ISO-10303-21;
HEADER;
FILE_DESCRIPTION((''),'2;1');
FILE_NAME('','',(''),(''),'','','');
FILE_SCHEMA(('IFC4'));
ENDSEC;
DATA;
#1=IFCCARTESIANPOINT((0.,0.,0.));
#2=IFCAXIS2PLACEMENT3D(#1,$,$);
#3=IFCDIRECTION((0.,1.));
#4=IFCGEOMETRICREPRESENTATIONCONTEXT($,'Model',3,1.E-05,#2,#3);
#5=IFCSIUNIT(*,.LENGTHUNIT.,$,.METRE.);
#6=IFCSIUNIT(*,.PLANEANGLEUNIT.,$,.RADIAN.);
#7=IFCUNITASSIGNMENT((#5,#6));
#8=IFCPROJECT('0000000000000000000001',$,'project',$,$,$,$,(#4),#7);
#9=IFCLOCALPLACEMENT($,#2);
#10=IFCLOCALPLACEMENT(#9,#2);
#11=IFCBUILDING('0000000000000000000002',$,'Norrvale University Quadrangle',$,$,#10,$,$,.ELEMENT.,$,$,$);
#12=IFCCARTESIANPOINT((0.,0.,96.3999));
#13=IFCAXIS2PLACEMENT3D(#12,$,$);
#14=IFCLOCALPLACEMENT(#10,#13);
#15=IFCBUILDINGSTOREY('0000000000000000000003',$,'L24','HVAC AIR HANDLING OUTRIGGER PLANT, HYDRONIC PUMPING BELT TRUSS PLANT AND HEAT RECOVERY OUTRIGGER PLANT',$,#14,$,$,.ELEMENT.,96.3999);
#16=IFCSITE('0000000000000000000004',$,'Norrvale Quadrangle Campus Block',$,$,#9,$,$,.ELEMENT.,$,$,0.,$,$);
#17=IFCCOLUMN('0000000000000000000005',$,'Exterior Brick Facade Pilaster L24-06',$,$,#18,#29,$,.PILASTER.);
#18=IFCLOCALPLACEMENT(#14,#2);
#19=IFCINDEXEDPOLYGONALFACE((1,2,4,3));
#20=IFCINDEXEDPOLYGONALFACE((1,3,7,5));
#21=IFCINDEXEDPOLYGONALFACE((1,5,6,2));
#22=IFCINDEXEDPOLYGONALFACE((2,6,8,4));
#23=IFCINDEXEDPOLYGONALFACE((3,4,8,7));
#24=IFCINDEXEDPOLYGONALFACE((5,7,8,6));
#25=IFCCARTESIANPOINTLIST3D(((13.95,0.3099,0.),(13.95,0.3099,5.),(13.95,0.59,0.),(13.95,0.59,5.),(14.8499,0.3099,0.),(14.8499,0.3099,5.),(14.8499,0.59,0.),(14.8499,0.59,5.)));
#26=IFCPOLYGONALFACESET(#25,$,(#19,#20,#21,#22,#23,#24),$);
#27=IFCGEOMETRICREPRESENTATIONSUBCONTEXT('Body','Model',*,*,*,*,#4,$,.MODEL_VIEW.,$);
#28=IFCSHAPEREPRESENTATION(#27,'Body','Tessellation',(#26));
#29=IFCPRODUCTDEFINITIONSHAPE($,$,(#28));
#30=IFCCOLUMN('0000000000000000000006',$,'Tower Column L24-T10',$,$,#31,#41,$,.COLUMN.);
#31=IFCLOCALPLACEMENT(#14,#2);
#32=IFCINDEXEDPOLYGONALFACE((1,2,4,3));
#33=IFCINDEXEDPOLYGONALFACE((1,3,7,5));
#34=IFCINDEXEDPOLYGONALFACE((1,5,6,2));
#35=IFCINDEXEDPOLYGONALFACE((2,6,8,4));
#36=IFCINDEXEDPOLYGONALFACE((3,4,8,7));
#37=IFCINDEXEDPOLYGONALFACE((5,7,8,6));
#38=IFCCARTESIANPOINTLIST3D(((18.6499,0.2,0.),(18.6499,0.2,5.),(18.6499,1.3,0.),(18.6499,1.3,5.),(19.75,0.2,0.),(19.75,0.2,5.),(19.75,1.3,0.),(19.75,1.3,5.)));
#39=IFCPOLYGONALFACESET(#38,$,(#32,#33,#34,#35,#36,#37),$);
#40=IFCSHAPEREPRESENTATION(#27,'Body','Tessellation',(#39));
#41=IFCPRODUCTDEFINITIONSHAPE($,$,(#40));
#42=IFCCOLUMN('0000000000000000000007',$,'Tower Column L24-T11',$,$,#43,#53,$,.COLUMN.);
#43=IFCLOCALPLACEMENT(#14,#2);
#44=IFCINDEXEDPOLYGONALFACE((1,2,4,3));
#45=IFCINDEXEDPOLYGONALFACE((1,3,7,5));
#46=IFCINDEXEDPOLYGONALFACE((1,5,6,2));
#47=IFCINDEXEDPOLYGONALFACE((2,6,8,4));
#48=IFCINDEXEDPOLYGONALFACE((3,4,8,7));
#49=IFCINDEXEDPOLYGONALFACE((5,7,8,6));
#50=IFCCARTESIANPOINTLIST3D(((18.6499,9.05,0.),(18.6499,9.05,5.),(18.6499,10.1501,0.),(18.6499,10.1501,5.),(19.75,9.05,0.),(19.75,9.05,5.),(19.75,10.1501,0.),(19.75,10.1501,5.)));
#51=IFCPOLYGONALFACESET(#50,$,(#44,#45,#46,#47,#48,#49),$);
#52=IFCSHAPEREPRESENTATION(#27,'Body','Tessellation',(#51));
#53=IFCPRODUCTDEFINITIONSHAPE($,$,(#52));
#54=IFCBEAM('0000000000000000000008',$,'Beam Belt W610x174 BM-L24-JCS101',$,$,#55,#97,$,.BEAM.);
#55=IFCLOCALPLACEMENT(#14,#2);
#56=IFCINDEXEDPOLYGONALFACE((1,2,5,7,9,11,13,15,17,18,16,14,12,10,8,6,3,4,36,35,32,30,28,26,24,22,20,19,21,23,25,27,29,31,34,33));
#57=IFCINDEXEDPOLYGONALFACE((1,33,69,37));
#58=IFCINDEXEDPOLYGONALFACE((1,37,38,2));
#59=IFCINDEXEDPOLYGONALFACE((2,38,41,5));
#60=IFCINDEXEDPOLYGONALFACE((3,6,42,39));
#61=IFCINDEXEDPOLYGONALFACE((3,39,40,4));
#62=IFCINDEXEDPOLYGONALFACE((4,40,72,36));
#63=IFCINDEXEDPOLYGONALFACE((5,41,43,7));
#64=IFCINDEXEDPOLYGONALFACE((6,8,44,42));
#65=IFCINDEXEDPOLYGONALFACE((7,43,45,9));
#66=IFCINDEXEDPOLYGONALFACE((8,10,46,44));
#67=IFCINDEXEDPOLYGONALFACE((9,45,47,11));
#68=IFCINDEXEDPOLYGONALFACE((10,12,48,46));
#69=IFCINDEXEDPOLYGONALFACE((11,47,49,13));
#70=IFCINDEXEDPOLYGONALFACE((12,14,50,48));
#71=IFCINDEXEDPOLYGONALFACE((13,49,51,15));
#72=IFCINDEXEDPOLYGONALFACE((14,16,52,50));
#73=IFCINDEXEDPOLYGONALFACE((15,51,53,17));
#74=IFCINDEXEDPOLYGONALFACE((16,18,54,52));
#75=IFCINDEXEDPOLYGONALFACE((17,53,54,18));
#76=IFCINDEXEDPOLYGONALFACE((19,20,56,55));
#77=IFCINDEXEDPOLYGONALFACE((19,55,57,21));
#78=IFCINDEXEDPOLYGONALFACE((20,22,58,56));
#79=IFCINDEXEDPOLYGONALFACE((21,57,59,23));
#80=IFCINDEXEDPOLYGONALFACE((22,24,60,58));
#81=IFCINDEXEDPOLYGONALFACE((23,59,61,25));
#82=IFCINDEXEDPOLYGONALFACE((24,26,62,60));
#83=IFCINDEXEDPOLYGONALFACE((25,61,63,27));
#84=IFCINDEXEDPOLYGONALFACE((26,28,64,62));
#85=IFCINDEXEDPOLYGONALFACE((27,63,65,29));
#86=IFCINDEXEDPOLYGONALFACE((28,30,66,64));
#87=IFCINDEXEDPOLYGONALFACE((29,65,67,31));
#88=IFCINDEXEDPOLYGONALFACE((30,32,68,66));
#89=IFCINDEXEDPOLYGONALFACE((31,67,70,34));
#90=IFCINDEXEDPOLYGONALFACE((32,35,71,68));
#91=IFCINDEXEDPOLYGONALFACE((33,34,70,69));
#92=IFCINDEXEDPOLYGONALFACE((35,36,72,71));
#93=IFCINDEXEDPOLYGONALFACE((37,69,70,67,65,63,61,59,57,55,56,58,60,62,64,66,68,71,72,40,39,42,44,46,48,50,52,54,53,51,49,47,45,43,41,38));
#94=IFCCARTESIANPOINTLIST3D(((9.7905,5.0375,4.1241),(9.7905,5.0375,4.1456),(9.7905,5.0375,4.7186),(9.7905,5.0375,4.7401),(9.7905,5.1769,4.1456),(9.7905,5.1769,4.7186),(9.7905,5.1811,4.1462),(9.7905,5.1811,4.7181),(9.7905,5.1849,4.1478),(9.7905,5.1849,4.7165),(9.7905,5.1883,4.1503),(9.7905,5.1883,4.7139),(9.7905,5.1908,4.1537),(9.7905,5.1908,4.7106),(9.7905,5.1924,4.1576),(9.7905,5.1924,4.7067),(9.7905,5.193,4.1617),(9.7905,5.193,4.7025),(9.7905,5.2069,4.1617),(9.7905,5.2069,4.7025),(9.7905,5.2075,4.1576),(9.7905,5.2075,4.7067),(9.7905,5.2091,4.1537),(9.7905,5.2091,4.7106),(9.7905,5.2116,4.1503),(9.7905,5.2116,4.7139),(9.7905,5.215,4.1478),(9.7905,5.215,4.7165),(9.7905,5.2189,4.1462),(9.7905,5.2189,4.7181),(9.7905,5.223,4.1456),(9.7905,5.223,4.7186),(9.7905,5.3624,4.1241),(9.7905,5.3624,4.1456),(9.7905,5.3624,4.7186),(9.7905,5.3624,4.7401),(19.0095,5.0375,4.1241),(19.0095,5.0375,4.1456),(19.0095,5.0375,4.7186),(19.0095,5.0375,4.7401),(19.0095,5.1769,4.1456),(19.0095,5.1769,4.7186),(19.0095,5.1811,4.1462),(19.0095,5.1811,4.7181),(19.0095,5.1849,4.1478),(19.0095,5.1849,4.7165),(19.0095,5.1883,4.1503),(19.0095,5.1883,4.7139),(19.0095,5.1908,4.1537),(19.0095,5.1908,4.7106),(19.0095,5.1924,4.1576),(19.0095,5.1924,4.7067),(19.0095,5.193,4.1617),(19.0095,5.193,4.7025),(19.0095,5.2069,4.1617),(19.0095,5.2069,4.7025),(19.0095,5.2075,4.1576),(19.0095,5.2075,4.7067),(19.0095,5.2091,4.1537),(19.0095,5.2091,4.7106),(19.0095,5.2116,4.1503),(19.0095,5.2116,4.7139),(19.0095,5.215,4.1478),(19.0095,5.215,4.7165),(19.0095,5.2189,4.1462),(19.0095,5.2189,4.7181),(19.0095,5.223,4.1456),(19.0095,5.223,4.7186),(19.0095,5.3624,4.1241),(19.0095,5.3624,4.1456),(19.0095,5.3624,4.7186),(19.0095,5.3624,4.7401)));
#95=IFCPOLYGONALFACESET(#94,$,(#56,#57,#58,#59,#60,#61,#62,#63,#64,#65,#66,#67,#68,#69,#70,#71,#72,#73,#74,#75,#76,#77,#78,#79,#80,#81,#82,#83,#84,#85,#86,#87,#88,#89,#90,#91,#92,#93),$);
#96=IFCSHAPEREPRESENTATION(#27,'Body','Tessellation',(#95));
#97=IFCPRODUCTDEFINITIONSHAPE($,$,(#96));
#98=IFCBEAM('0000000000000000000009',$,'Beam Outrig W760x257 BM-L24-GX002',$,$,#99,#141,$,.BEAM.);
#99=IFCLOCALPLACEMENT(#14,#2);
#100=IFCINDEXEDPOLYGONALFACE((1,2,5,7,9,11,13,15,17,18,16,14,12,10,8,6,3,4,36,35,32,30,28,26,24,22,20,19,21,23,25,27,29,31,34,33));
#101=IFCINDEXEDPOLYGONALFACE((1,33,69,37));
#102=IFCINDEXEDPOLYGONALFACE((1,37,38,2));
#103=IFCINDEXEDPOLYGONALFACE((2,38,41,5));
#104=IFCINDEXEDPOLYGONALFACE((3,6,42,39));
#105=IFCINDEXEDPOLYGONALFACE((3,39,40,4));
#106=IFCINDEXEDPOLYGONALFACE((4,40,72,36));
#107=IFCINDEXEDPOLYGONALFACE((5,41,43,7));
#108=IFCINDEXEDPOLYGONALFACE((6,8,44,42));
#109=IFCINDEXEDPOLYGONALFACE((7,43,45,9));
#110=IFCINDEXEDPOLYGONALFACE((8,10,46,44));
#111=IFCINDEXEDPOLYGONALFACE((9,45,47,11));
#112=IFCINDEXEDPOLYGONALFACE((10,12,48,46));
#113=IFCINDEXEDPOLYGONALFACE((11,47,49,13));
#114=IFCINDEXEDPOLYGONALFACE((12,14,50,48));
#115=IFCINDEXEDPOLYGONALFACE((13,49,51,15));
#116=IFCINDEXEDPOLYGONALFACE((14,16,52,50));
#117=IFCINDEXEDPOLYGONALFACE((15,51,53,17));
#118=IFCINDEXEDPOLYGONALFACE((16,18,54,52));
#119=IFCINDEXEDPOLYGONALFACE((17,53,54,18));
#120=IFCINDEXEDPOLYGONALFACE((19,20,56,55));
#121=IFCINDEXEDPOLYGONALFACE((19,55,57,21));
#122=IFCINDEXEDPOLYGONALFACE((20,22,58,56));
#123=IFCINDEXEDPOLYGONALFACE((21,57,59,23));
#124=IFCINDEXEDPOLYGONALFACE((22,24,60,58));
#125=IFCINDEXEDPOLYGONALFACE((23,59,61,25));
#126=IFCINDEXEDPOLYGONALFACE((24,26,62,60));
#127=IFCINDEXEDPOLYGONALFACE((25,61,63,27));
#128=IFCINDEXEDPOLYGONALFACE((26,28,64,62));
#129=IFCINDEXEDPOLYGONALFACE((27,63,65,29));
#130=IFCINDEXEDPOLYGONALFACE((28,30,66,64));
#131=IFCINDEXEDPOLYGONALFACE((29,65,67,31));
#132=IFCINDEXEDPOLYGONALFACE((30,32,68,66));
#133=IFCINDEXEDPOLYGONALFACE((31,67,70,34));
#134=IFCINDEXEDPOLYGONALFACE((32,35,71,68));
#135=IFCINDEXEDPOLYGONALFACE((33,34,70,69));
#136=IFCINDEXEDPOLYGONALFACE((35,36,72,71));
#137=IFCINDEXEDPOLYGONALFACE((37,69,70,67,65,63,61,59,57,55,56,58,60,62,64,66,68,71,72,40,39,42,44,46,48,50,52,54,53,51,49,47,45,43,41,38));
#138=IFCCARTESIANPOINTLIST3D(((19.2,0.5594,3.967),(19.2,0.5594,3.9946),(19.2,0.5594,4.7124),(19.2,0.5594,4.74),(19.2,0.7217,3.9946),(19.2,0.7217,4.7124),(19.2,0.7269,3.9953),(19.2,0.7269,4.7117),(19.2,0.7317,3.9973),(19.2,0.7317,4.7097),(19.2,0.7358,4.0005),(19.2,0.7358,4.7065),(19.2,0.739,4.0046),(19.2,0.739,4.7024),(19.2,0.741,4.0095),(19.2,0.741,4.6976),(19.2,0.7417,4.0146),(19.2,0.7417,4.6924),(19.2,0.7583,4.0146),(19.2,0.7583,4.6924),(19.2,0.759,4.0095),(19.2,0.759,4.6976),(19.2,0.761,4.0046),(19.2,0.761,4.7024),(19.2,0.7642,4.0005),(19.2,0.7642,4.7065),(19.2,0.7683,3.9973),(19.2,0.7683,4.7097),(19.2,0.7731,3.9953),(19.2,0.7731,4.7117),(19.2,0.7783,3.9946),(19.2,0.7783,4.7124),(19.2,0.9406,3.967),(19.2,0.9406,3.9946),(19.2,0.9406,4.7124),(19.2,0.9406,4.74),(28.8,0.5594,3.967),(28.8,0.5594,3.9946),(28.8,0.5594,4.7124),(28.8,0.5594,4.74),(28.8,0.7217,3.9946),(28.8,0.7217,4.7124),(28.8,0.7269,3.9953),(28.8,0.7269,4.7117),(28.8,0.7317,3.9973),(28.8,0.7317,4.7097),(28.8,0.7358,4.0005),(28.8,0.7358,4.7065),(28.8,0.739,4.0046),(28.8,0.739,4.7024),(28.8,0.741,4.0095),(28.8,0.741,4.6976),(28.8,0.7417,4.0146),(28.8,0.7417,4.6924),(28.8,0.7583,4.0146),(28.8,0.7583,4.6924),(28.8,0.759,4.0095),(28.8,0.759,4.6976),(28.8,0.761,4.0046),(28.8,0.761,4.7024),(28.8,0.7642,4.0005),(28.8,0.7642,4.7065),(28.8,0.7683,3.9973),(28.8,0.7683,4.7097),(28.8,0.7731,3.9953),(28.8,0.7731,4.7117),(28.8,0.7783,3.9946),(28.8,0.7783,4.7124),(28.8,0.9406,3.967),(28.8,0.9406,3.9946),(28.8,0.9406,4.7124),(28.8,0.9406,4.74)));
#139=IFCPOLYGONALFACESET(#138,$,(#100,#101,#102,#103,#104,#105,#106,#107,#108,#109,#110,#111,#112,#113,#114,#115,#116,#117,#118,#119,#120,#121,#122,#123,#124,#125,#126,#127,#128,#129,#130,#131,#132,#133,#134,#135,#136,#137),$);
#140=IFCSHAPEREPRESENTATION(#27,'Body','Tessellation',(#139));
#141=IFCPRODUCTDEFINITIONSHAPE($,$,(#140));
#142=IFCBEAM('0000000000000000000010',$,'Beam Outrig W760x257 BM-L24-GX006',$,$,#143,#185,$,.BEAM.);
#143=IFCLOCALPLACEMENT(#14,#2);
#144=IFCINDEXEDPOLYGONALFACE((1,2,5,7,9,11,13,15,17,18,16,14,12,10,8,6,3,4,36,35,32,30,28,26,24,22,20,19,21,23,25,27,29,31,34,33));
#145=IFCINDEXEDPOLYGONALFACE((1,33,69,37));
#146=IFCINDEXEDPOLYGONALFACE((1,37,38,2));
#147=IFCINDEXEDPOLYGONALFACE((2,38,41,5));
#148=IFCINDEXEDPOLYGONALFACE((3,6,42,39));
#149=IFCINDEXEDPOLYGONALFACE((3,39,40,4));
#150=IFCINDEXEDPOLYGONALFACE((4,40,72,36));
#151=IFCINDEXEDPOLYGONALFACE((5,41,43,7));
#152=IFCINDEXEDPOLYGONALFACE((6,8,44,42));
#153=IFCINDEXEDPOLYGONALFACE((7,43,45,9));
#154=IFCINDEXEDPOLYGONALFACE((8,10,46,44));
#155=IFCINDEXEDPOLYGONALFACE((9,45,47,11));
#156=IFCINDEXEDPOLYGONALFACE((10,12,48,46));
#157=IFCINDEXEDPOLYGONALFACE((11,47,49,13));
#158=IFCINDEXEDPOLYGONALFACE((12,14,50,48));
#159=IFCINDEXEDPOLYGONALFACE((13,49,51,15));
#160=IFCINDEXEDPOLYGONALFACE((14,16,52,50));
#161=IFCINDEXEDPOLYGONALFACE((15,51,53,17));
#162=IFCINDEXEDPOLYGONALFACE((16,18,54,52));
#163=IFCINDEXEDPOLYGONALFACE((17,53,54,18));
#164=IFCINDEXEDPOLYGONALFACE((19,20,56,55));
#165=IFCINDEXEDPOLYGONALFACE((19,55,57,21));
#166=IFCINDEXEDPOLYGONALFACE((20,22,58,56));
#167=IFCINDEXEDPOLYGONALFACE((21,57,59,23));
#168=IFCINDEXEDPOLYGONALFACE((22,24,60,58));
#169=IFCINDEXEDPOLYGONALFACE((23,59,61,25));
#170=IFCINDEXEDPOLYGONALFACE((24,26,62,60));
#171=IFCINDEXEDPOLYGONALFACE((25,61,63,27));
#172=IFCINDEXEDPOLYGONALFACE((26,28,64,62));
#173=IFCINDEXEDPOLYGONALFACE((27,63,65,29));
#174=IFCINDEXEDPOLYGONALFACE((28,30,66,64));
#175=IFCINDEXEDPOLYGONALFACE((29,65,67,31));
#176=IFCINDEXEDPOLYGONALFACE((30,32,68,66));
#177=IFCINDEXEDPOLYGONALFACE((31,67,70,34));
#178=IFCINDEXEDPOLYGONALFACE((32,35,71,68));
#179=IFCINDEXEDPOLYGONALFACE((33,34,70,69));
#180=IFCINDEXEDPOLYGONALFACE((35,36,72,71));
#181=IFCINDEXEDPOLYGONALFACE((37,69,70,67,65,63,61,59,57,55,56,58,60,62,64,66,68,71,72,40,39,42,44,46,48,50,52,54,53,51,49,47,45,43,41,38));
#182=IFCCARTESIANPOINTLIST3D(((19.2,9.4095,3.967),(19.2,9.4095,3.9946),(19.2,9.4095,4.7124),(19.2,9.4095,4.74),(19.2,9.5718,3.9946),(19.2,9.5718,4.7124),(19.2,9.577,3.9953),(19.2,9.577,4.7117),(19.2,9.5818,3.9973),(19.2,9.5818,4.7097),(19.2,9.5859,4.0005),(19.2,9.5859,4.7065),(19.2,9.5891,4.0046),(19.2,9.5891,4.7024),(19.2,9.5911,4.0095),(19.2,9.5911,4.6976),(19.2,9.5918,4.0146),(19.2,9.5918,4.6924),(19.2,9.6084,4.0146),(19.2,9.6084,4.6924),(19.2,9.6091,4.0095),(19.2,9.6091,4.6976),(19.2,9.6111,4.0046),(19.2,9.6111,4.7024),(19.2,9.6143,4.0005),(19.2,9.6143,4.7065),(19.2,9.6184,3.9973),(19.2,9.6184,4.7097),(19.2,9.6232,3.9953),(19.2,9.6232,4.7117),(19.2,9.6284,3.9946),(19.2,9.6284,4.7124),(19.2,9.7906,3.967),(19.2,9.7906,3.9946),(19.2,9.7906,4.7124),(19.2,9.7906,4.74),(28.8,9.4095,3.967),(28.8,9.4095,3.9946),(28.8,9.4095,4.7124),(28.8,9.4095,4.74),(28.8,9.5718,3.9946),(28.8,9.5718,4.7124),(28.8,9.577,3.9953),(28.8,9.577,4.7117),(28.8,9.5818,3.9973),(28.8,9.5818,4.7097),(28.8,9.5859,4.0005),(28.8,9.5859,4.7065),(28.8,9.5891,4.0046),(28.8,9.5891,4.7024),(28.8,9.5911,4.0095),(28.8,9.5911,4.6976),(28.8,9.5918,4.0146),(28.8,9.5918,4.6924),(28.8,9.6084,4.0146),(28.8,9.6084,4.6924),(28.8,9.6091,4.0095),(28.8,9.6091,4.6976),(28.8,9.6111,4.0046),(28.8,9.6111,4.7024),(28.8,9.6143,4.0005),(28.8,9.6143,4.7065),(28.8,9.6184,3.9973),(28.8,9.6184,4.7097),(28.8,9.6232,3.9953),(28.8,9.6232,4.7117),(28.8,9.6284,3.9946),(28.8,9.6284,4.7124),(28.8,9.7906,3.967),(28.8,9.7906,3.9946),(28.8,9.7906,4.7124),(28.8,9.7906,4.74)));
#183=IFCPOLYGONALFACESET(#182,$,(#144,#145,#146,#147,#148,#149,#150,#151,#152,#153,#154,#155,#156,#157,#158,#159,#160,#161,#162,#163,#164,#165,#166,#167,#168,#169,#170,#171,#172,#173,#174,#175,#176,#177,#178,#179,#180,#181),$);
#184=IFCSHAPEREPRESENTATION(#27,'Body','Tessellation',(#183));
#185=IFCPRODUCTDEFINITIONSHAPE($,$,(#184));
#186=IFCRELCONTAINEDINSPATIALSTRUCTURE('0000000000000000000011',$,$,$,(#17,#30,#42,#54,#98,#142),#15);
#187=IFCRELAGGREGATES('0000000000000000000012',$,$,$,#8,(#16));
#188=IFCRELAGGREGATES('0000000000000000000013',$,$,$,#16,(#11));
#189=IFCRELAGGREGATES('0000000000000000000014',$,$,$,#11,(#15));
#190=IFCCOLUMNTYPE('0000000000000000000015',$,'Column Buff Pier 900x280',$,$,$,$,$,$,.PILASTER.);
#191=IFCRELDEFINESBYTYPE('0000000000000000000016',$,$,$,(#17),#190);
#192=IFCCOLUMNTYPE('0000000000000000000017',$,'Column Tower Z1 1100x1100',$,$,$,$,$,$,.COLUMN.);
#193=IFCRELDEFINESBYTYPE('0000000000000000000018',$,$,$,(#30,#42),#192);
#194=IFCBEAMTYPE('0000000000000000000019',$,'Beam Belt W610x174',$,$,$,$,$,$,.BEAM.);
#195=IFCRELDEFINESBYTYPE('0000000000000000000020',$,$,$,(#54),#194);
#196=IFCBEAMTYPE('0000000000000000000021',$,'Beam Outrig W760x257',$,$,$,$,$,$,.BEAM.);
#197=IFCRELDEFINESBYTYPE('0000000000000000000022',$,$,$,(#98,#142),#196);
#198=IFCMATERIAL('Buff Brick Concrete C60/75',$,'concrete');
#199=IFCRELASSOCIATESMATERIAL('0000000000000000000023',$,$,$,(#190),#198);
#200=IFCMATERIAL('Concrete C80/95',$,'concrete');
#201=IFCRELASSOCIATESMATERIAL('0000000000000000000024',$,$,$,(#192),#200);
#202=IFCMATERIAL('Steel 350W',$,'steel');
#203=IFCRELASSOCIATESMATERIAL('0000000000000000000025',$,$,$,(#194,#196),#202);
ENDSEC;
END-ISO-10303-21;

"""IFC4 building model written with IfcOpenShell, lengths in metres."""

from ifc_helpers import new_model, si_unit, direction, frame, origin, origin_2d, place, context, subcontext, project, spatial, rectangle, i_section, extrude, material, material_profile, profile_set, type_object, element, save


model = new_model("IFC4")

# Units and contexts
model_context = context("Model", 3, precision=1e-05, world=origin(), true_north=direction((0.0, 1.0)))
body_context = subcontext(model_context, "Body", "Model", "MODEL_VIEW")
ifc_project = project(units=[si_unit("LENGTHUNIT", "METRE"), si_unit("PLANEANGLEUNIT", "RADIAN")], contexts=[model_context])

# Site, building, storey
site_placement = place(None, origin())
site = spatial("IfcSite", under=ifc_project, at=site_placement, Name="Norrvale Quadrangle Campus Block", CompositionType="ELEMENT", RefElevation=0.0)
building_placement = place(site_placement, origin())
building = spatial("IfcBuilding", under=site, at=building_placement, Name="Norrvale University Quadrangle", CompositionType="ELEMENT")
storey_placement = place(building_placement, frame((0.0, 0.0, 96.3999)))
storey = spatial("IfcBuildingStorey", under=building, at=storey_placement, Name="L24", Description="HVAC AIR HANDLING OUTRIGGER PLANT, HYDRONIC PUMPING BELT TRUSS PLANT AND HEAT RECOVERY OUTRIGGER PLANT", CompositionType="ELEMENT", Elevation=96.3999)

# Columns
ifc_material_1 = material(Name="Buff Brick Concrete C60/75", Category="concrete")
ifc_material_profile_1 = material_profile(ifc_material_1, rectangle(XDim=0.8999, YDim=0.28, at=origin_2d()), Name="Buff Brick Concrete C60/75")
ifc_profile_set_1 = profile_set([ifc_material_profile_1], Name="Buff Brick Concrete C60/75")
column_type_1 = type_object("IfcColumnType", Name="Column Buff Pier 900x280", PredefinedType="PILASTER", material=ifc_profile_set_1)
column_placement = place(storey_placement, frame((14.3999, 0.45, 0.0), z_axis=(0.0, 0.0, 1.0), x_axis=(1.0, 0.0, 0.0)))
element("IfcColumn", 1, at=column_placement, inside=storey, type_object=column_type_1, Name="Exterior Brick Facade Pilaster L24-06", PredefinedType="PILASTER", context=body_context, shape_type="SweptSolid", body=[
    extrude(rectangle(XDim=0.8999, YDim=0.28, at=origin_2d()), origin(), (0.0, 0.0, 1.0), 5.0),
])
ifc_material_2 = material(Name="Concrete C80/95", Category="concrete")
ifc_material_profile_2 = material_profile(ifc_material_2, rectangle(XDim=1.1001, YDim=1.1001, at=origin_2d()), Name="Concrete C80/95")
ifc_profile_set_2 = profile_set([ifc_material_profile_2], Name="Concrete C80/95")
column_type_2 = type_object("IfcColumnType", Name="Column Tower Z1 1100x1100", PredefinedType="COLUMN", material=ifc_profile_set_2)
for number, where, z_axis, x_axis, name in (
    (2, (19.2, 0.75, 0.0), (0.0, 0.0, 1.0), (1.0, 0.0, 0.0), "Tower Column L24-T10"),
    (3, (19.2, 9.6001, 0.0), (0.0, 0.0, 1.0), (1.0, 0.0, 0.0), "Tower Column L24-T11"),
):
    element("IfcColumn", number, at=place(storey_placement, frame(where, z_axis=z_axis, x_axis=x_axis)), inside=storey, type_object=column_type_2, Name=name, PredefinedType="COLUMN", context=body_context, shape_type="SweptSolid", body=[
        extrude(rectangle(XDim=1.1001, YDim=1.1001, at=origin_2d()), origin(), (0.0, 0.0, 1.0), 5.0),
    ])

# Beams
ifc_material_3 = material(Name="Steel 350W", Category="steel")
ifc_material_profile_3 = material_profile(ifc_material_3, i_section(OverallWidth=0.325, OverallDepth=0.616, WebThickness=0.0139, FlangeThickness=0.0215, FilletRadius=0.0161, at=origin_2d()), Name="Steel 350W")
ifc_profile_set_3 = profile_set([ifc_material_profile_3], Name="Steel 350W")
beam_type_1 = type_object("IfcBeamType", Name="Beam Belt W610x174", PredefinedType="BEAM", material=ifc_profile_set_3)
beam_1_placement = place(storey_placement, frame((9.7905, 5.2, 4.4321), z_axis=(1.0, 0.0, 0.0), x_axis=(0.0, 1.0, 0.0)))
element("IfcBeam", 4, at=beam_1_placement, inside=storey, type_object=beam_type_1, Name="Beam Belt W610x174 BM-L24-JCS101", PredefinedType="BEAM", context=body_context, shape_type="SweptSolid", body=[
    extrude(i_section(OverallWidth=0.325, OverallDepth=0.616, WebThickness=0.0139, FlangeThickness=0.0215, FilletRadius=0.0161, at=origin_2d()), origin(), (0.0, 0.0, 1.0), 9.219),
])
ifc_material_profile_4 = material_profile(ifc_material_3, i_section(OverallWidth=0.3811, OverallDepth=0.7729, WebThickness=0.0166, FlangeThickness=0.0276, FilletRadius=0.02, at=origin_2d()), Name="Steel 350W")
ifc_profile_set_4 = profile_set([ifc_material_profile_4], Name="Steel 350W")
beam_type_2 = type_object("IfcBeamType", Name="Beam Outrig W760x257", PredefinedType="BEAM", material=ifc_profile_set_4)
for number, where, z_axis, x_axis, name in (
    (5, (19.2, 0.75, 4.3535), (1.0, 0.0, 0.0), (0.0, 1.0, 0.0), "Beam Outrig W760x257 BM-L24-GX002"),
    (6, (19.2, 9.6001, 4.3535), (1.0, 0.0, 0.0), (0.0, 1.0, 0.0), "Beam Outrig W760x257 BM-L24-GX006"),
):
    element("IfcBeam", number, at=place(storey_placement, frame(where, z_axis=z_axis, x_axis=x_axis)), inside=storey, type_object=beam_type_2, Name=name, PredefinedType="BEAM", context=body_context, shape_type="SweptSolid", body=[
        extrude(i_section(OverallWidth=0.3811, OverallDepth=0.7729, WebThickness=0.0166, FlangeThickness=0.0276, FilletRadius=0.02, at=origin_2d()), origin(), (0.0, 0.0, 1.0), 9.6001),
    ])

save(model, "model.ifc")
